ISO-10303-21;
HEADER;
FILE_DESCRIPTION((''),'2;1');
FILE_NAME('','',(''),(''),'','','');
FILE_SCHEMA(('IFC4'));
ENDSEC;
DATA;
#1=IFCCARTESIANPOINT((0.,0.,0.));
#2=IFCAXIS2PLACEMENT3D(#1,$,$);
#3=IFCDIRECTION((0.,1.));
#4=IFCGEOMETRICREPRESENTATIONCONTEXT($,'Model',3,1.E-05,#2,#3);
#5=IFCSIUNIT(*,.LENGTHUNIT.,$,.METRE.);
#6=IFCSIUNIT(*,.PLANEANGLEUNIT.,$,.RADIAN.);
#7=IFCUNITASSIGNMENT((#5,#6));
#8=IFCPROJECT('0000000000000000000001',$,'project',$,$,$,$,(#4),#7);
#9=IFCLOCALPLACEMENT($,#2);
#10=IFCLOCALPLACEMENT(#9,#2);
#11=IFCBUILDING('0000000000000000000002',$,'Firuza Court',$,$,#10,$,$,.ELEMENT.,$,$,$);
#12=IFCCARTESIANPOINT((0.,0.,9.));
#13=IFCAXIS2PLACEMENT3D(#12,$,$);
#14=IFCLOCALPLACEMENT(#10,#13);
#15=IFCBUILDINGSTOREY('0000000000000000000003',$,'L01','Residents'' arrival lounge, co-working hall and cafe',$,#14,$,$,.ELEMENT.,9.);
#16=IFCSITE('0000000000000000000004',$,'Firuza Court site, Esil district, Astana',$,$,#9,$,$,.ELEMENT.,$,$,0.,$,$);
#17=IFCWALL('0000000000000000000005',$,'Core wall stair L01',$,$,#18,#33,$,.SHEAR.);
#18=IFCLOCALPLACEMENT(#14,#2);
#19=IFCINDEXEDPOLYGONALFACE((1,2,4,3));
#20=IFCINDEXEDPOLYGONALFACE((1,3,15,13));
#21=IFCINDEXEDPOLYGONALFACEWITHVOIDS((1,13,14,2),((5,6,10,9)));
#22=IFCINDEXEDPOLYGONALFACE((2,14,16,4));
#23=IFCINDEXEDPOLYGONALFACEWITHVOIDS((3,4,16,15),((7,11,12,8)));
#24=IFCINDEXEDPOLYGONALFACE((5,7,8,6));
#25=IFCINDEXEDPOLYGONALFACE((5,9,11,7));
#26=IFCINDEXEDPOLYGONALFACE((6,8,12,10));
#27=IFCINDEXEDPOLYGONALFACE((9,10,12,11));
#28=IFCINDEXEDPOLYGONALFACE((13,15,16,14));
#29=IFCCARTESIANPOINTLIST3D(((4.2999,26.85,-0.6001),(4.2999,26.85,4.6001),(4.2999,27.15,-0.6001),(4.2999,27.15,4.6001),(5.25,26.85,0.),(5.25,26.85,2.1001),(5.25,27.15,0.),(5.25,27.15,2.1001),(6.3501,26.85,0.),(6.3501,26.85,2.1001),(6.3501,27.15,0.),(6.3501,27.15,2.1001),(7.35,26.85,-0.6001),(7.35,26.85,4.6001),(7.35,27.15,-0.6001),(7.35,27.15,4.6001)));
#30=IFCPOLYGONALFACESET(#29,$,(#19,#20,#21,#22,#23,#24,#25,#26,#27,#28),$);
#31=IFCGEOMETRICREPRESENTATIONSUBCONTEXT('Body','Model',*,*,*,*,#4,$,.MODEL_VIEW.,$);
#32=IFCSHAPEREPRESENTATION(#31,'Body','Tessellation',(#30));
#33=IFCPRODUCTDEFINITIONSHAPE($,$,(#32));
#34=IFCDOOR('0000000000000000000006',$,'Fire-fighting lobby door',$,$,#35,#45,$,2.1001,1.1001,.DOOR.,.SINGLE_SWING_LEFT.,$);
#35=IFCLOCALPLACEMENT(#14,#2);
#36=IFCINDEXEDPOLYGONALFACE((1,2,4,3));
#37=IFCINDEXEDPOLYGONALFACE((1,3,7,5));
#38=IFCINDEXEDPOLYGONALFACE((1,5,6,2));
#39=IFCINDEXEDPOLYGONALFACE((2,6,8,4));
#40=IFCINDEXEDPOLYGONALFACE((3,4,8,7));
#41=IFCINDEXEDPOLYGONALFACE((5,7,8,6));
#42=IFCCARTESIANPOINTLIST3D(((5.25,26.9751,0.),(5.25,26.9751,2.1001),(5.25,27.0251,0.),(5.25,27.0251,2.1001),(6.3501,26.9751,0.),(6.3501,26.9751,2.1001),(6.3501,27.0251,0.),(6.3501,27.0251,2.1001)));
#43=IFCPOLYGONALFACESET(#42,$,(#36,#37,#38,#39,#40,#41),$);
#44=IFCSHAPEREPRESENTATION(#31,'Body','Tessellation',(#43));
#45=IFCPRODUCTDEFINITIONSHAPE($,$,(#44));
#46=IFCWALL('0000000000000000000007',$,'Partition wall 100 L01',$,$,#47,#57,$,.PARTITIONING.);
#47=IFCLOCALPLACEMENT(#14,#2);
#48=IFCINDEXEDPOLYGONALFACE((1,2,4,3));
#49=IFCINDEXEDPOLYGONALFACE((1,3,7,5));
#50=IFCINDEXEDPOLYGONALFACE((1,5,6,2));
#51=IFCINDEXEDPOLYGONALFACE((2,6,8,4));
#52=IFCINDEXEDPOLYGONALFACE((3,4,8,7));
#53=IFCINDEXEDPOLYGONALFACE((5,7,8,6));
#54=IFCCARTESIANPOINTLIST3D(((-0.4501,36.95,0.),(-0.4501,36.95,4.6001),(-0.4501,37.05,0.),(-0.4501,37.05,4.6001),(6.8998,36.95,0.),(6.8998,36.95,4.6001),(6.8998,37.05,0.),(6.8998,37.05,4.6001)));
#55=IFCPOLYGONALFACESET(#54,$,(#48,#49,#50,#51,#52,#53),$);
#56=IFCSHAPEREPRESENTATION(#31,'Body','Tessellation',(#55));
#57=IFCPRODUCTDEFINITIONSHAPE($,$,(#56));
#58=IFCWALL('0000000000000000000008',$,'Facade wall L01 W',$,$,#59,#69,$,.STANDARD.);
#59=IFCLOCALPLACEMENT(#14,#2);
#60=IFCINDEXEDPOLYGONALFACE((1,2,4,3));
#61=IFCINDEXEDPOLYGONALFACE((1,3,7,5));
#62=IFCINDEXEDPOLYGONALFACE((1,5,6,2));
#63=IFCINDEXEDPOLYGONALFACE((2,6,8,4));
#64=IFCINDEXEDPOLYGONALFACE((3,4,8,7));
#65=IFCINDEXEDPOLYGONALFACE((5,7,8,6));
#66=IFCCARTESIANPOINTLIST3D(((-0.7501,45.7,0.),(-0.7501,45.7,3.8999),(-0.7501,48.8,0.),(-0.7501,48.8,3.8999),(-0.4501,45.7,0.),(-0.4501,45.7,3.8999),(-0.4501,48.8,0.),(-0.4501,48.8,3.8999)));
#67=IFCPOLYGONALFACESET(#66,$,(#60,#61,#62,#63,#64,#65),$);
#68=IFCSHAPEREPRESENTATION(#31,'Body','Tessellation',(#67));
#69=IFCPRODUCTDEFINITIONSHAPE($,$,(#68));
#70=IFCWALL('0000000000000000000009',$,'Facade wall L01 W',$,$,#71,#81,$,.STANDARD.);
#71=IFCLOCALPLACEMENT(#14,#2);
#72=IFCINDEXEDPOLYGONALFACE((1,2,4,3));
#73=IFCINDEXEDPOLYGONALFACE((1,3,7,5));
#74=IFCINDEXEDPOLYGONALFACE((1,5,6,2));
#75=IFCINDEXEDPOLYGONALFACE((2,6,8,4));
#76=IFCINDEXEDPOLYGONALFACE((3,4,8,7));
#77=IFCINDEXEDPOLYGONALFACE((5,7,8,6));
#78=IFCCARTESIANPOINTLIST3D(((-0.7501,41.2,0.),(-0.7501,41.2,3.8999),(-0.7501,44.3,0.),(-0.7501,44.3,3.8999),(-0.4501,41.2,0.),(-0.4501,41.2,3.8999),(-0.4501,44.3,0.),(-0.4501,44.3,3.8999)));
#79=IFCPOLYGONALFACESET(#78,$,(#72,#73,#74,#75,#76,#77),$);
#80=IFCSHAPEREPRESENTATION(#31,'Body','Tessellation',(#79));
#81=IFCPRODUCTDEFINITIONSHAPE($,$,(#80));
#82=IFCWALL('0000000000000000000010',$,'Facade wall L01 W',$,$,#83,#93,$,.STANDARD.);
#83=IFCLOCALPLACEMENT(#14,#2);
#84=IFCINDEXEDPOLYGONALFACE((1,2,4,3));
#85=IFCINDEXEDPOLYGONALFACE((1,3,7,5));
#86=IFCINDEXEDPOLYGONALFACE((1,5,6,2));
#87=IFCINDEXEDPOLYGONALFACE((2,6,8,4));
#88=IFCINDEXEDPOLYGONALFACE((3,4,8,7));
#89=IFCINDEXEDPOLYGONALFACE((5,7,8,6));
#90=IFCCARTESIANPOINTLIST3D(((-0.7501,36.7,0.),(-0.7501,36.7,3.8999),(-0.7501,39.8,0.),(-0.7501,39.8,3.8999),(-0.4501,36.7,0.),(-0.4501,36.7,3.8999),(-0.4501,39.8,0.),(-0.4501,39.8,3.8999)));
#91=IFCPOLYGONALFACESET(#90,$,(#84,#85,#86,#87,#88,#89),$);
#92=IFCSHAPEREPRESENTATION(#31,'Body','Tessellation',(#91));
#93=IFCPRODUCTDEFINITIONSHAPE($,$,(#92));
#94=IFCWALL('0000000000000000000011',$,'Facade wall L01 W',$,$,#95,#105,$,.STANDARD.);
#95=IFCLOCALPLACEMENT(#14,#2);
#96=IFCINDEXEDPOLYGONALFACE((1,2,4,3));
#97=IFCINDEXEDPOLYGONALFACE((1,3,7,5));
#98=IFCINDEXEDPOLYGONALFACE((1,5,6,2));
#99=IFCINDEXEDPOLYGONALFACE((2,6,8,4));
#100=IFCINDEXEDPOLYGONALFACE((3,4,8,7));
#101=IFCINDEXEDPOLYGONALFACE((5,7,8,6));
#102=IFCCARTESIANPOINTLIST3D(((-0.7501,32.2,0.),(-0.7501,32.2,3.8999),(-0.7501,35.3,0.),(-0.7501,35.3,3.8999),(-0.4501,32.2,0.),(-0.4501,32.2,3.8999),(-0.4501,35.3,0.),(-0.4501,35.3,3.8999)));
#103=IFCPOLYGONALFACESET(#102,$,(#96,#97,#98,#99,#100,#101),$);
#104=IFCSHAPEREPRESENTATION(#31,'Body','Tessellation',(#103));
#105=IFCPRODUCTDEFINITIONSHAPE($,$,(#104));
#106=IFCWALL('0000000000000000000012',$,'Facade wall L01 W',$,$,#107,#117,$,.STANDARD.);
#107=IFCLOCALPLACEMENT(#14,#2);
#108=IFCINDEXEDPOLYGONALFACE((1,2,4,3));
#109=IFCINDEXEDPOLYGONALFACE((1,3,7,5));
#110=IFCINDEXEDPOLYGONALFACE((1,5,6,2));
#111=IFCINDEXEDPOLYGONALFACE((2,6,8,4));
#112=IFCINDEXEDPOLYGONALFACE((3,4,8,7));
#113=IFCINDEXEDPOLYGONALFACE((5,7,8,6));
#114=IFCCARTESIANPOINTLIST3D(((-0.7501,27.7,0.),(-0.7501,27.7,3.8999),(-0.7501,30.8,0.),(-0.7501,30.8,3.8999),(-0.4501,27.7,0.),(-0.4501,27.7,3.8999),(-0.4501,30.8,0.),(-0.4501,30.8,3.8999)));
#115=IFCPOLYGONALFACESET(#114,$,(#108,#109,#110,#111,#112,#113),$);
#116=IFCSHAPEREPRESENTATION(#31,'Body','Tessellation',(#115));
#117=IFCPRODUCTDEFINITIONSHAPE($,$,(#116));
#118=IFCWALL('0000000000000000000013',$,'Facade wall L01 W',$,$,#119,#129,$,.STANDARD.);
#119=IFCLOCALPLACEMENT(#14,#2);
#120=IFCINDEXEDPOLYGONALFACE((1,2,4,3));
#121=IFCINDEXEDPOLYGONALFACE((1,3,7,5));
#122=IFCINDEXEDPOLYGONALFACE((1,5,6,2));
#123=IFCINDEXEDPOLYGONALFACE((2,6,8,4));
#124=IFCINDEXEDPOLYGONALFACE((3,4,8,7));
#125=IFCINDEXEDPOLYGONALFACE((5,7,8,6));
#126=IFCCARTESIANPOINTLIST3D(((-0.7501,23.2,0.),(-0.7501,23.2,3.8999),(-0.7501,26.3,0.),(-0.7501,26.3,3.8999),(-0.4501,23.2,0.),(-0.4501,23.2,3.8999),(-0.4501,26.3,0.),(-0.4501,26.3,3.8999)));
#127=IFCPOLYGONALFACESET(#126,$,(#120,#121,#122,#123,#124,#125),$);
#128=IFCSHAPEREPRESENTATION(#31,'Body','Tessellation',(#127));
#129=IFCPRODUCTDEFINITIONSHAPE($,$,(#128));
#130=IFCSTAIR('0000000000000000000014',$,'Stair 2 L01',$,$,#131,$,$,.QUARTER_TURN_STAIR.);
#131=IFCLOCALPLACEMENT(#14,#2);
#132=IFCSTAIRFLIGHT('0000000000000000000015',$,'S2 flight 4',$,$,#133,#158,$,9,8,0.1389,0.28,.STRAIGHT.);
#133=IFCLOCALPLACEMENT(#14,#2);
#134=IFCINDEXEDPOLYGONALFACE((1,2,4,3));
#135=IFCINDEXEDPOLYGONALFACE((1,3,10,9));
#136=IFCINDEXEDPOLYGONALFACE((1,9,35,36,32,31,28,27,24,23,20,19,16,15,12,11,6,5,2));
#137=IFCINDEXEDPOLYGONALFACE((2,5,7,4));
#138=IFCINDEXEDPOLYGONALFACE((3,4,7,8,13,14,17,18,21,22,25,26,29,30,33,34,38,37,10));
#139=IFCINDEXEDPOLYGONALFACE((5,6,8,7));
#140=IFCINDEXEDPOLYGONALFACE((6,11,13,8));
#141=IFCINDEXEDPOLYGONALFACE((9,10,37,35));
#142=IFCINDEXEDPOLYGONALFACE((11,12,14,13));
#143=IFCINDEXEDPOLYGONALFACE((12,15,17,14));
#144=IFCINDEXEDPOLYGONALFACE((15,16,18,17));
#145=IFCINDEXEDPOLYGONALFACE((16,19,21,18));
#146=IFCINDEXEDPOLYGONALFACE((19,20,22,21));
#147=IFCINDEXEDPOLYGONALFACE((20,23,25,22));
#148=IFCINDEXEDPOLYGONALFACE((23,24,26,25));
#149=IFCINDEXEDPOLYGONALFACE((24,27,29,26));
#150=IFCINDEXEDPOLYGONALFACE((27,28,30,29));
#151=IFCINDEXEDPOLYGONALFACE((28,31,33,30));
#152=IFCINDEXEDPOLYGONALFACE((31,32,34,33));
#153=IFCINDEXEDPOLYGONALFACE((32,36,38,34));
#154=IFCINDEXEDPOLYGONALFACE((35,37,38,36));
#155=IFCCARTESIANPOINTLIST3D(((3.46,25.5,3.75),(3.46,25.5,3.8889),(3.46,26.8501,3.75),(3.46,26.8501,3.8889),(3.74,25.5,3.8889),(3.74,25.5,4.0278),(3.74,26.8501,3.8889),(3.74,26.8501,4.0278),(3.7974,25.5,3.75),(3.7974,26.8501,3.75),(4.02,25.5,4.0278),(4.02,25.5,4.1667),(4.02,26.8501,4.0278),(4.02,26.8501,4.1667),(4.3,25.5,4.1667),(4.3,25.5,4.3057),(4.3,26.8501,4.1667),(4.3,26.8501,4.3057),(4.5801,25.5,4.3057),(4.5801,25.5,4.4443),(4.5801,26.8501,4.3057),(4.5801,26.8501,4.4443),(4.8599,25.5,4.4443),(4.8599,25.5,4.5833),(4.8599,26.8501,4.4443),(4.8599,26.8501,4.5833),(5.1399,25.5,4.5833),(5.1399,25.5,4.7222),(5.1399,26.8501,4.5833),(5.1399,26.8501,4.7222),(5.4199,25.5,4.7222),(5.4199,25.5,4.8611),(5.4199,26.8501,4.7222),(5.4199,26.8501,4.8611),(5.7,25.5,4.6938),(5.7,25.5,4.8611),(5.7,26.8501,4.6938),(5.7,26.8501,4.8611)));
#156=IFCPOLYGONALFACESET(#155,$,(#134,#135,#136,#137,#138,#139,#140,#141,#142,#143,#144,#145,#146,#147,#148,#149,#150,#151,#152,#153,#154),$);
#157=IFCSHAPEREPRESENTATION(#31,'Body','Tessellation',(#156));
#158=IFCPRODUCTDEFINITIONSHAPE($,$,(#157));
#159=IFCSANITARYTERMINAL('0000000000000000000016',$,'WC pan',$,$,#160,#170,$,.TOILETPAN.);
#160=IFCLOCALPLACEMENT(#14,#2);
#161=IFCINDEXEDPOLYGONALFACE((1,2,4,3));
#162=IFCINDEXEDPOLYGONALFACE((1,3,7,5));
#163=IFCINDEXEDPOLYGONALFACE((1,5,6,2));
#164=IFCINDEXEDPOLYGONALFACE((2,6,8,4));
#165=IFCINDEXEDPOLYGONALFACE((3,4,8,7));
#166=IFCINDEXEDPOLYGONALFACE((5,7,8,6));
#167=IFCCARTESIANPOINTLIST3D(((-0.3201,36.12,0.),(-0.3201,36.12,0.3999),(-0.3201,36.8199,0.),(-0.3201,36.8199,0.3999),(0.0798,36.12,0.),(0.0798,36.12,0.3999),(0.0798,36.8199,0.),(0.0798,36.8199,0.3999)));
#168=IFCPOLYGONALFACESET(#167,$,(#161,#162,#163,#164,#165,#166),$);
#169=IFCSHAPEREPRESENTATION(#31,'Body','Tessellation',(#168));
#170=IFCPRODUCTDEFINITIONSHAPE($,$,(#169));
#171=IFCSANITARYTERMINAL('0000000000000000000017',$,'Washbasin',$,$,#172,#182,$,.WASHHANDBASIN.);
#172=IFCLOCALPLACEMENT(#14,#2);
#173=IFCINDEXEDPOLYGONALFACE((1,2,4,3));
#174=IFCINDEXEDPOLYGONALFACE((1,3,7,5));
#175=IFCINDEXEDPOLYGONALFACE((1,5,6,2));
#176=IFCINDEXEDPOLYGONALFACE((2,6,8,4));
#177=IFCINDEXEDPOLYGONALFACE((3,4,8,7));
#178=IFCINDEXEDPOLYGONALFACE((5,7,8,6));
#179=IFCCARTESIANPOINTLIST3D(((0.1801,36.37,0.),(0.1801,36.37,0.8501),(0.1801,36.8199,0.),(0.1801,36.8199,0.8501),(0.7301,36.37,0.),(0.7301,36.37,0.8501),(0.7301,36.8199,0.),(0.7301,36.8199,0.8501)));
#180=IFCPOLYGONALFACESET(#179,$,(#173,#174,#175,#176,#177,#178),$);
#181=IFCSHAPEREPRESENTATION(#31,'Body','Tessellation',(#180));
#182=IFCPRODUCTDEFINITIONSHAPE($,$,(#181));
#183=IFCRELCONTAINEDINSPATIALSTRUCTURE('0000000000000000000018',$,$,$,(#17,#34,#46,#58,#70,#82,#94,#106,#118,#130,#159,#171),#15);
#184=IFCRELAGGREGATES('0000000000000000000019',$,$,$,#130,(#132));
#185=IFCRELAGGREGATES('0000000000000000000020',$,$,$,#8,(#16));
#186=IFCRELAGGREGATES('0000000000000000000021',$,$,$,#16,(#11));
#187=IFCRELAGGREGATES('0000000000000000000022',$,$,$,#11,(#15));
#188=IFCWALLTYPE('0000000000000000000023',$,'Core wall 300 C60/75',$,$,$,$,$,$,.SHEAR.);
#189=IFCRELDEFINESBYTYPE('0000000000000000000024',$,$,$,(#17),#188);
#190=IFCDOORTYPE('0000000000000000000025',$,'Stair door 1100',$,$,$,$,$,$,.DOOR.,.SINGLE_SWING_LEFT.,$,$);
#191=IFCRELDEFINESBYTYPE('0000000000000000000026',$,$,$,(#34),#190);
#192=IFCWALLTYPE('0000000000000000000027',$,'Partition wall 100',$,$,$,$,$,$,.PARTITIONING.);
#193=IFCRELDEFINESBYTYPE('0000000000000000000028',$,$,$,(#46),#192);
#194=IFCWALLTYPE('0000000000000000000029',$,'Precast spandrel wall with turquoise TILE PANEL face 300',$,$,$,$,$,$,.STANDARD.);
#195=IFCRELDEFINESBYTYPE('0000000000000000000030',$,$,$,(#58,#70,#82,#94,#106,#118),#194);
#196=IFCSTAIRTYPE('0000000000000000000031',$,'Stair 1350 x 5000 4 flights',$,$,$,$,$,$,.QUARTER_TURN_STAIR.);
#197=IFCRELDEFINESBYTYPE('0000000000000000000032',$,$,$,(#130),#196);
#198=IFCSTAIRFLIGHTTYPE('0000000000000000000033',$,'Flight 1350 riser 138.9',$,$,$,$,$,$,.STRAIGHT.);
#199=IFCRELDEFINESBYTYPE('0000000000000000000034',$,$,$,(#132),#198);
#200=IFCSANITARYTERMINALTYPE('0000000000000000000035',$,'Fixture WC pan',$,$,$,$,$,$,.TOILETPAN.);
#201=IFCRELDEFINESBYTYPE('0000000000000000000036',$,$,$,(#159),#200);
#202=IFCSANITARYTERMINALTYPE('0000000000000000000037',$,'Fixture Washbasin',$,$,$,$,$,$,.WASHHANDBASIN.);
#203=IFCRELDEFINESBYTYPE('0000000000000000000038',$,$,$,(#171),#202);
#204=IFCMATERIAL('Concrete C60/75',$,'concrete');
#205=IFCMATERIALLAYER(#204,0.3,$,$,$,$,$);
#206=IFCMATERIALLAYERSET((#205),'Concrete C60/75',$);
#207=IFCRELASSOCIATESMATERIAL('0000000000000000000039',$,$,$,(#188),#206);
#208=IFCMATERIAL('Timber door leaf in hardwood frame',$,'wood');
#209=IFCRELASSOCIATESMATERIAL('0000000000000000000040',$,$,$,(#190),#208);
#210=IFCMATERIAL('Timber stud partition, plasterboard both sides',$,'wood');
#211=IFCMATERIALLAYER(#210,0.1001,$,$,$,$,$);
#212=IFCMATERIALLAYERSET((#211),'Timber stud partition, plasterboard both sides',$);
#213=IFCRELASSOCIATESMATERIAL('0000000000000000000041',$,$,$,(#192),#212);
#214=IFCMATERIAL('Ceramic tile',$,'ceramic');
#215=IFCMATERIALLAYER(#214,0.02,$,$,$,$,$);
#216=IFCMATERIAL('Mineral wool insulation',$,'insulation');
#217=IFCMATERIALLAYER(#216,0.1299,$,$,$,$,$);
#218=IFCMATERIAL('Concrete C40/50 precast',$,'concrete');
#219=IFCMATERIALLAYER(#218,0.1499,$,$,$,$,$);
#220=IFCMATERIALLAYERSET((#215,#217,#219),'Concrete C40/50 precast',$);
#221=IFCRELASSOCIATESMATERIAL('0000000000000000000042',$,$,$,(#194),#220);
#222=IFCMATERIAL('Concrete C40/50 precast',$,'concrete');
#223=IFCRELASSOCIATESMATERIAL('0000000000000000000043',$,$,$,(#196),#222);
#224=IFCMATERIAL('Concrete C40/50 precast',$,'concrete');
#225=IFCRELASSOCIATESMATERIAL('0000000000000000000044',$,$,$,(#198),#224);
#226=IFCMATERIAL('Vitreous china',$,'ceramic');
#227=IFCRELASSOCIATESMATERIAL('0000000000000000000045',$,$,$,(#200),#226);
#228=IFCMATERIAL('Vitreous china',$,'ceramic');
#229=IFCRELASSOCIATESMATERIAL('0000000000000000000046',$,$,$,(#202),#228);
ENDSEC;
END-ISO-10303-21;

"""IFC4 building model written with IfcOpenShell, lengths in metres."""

from ifc_helpers import new_model, si_unit, direction, frame, frame_2d, origin, origin_2d, place, context, subcontext, project, spatial, polyline, rectangle, outline, extrude, material, layer, layer_set, type_object, element, fill, aggregate, save


model = new_model("IFC4")

# Units and contexts
model_context = context("Model", 3, precision=1e-05, world=origin(), true_north=direction((0.0, 1.0)))
body_context = subcontext(model_context, "Body", "Model", "MODEL_VIEW")
ifc_project = project(units=[si_unit("LENGTHUNIT", "METRE"), si_unit("PLANEANGLEUNIT", "RADIAN")], contexts=[model_context])

# Site, building, storey
site_placement = place(None, origin())
site = spatial("IfcSite", under=ifc_project, at=site_placement, Name="Firuza Court site, Esil district, Astana", CompositionType="ELEMENT", RefElevation=0.0)
building_placement = place(site_placement, origin())
building = spatial("IfcBuilding", under=site, at=building_placement, Name="Firuza Court", CompositionType="ELEMENT")
storey_placement = place(building_placement, frame((0.0, 0.0, 9.0)))
storey = spatial("IfcBuildingStorey", under=building, at=storey_placement, Name="L01", Description="Residents' arrival lounge, co-working hall and cafe", CompositionType="ELEMENT", Elevation=9.0)

# Shared definitions
ifc_material_1 = material(Name="Concrete C60/75", Category="concrete")
ifc_layer_1 = layer(ifc_material_1, 0.3)
ifc_layer_set_1 = layer_set([ifc_layer_1], Name="Concrete C60/75")
wall_type_1 = type_object("IfcWallType", Name="Core wall 300 C60/75", PredefinedType="SHEAR", material=ifc_layer_set_1)

# Wall, opening, door
wall_1_placement = place(storey_placement, frame((4.3, 27.0, -0.6001), z_axis=(0.0, 0.0, 1.0), x_axis=(1.0, 0.0, 0.0)))
wall_1 = element("IfcWall", 1, at=wall_1_placement, inside=storey, type_object=wall_type_1, Name="Core wall stair L01", PredefinedType="SHEAR", context=body_context, shape_type="SweptSolid", body=[
    extrude(rectangle(XDim=3.05, YDim=0.3, at=frame_2d((1.5249, 0.0))), origin(), (0.0, 0.0, 1.0), 5.2002),
])
opening_placement = place(wall_1_placement, frame((0.95, 0.0, 0.6001)))
opening = element("IfcOpeningElement", 2, at=opening_placement, cuts=wall_1, PredefinedType="OPENING", context=body_context, shape_type="SweptSolid", body=[
    extrude(rectangle(XDim=1.1001, YDim=2.1001, at=frame_2d((0.55, 1.05))), frame((0.0, 0.1621, 0.0), z_axis=(0.0, -1.0, 0.0), x_axis=(1.0, 0.0, 0.0)), (0.0, 0.0, 1.0), 0.324),
])
ifc_material_2 = material(Name="Timber door leaf in hardwood frame", Category="wood")
door_type = type_object("IfcDoorType", Name="Stair door 1100", OperationType="SINGLE_SWING_LEFT", PredefinedType="DOOR", material=ifc_material_2)
door_placement = place(opening_placement, frame((1.1001, 0.0, 0.0), z_axis=(0.0, 0.0, 1.0), x_axis=(-1.0, 0.0, 0.0)))
door = element("IfcDoor", 3, at=door_placement, inside=storey, type_object=door_type, Name="Fire-fighting lobby door", OperationType="SINGLE_SWING_LEFT", OverallHeight=2.1001, OverallWidth=1.1001, PredefinedType="DOOR", context=body_context, shape_type="SweptSolid", body=[
    extrude(rectangle(XDim=1.1001, YDim=2.1001, at=frame_2d((0.55, 1.05))), frame((0.0, 0.0249, 0.0), z_axis=(0.0, -1.0, 0.0), x_axis=(1.0, 0.0, 0.0)), (0.0, 0.0, 1.0), 0.05),
])
fill(opening, door)

# Walls
ifc_material_3 = material(Name="Timber stud partition, plasterboard both sides", Category="wood")
ifc_layer_2 = layer(ifc_material_3, 0.1001)
ifc_layer_set_2 = layer_set([ifc_layer_2], Name="Timber stud partition, plasterboard both sides")
wall_type_2 = type_object("IfcWallType", Name="Partition wall 100", PredefinedType="PARTITIONING", material=ifc_layer_set_2)
wall_2_placement = place(storey_placement, frame((-0.45, 37.0, 0.0), z_axis=(0.0, 0.0, 1.0), x_axis=(1.0, 0.0, 0.0)))
element("IfcWall", 4, at=wall_2_placement, inside=storey, type_object=wall_type_2, Name="Partition wall 100 L01", PredefinedType="PARTITIONING", context=body_context, shape_type="SweptSolid", body=[
    extrude(rectangle(XDim=7.3499, YDim=0.1001, at=frame_2d((3.6748, 0.0))), origin(), (0.0, 0.0, 1.0), 4.6001),
])
ifc_material_4 = material(Name="Ceramic tile", Category="ceramic")
ifc_layer_3 = layer(ifc_material_4, 0.02)
ifc_material_5 = material(Name="Mineral wool insulation", Category="insulation")
ifc_layer_4 = layer(ifc_material_5, 0.1299)
ifc_material_6 = material(Name="Concrete C40/50 precast", Category="concrete")
ifc_layer_5 = layer(ifc_material_6, 0.1499)
ifc_layer_set_3 = layer_set([ifc_layer_3, ifc_layer_4, ifc_layer_5], Name="Concrete C40/50 precast")
wall_type_3 = type_object("IfcWallType", Name="Precast spandrel wall with turquoise TILE PANEL face 300", PredefinedType="STANDARD", material=ifc_layer_set_3)
for number, where, z_axis, x_axis, name in (
    (5, (-0.6001, 48.8, 0.0), (0.0, 0.0, 1.0), (0.0, -1.0, 0.0), "Facade wall L01 W"),
    (6, (-0.6001, 44.3, 0.0), (0.0, 0.0, 1.0), (0.0, -1.0, 0.0), "Facade wall L01 W"),
    (7, (-0.6001, 39.8, 0.0), (0.0, 0.0, 1.0), (0.0, -1.0, 0.0), "Facade wall L01 W"),
    (8, (-0.6001, 35.3, 0.0), (0.0, 0.0, 1.0), (0.0, -1.0, 0.0), "Facade wall L01 W"),
    (9, (-0.6001, 30.8, 0.0), (0.0, 0.0, 1.0), (0.0, -1.0, 0.0), "Facade wall L01 W"),
    (10, (-0.6001, 26.3, 0.0), (0.0, 0.0, 1.0), (0.0, -1.0, 0.0), "Facade wall L01 W"),
):
    element("IfcWall", number, at=place(storey_placement, frame(where, z_axis=z_axis, x_axis=x_axis)), inside=storey, type_object=wall_type_3, Name=name, PredefinedType="STANDARD", context=body_context, shape_type="SweptSolid", body=[
        extrude(rectangle(XDim=3.1001, YDim=0.3, at=frame_2d((1.55, 0.0))), origin(), (0.0, 0.0, 1.0), 3.8999),
    ])

# Stair, stair flight
ifc_material_7 = material(Name="Concrete C40/50 precast", Category="concrete")
stair_type = type_object("IfcStairType", Name="Stair 1350 x 5000 4 flights", PredefinedType="QUARTER_TURN_STAIR", material=ifc_material_7)
stair_placement = place(storey_placement, origin())
stair = element("IfcStair", 11, at=stair_placement, inside=storey, type_object=stair_type, Name="Stair 2 L01", PredefinedType="QUARTER_TURN_STAIR")
ifc_material_8 = material(Name="Concrete C40/50 precast", Category="concrete")
stair_flight_type = type_object("IfcStairFlightType", Name="Flight 1350 riser 138.9", PredefinedType="STRAIGHT", material=ifc_material_8)
stair_flight_placement = place(storey_placement, frame((3.46, 26.175, 3.75), z_axis=(0.0, 0.0, 1.0), x_axis=(1.0, 0.0, 0.0)))
stair_flight = element("IfcStairFlight", 12, at=stair_flight_placement, type_object=stair_flight_type, Name="S2 flight 4", NumberOfRisers=9, NumberOfTreads=8, PredefinedType="STRAIGHT", RiserHeight=0.1389, TreadLength=0.28, context=body_context, shape_type="SweptSolid", body=[
    extrude(outline(polyline([(0.0, 0.0), (0.0, 0.1389), (0.28, 0.1389), (0.28, 0.2778), (0.5601, 0.2778), (0.5601, 0.4167), (0.8401, 0.4167), (0.8401, 0.5557), (1.1201, 0.5557), (1.1201, 0.6943), (1.3999, 0.6943), (1.3999, 0.8333), (1.6799, 0.8333), (1.6799, 0.9722), (1.96, 0.9722), (1.96, 1.1111), (2.24, 1.1111), (2.24, 1.25), (2.24, 0.9438), (0.3374, 0.0), (0.0, 0.0)])), frame((0.0, 0.675, 0.0), z_axis=(0.0, -1.0, 0.0), x_axis=(1.0, 0.0, 0.0)), (0.0, 0.0, 1.0), 1.3501),
])
aggregate(stair, [stair_flight])

# Sanitary terminals
ifc_material_9 = material(Name="Vitreous china", Category="ceramic")
sanitary_terminal_type_1 = type_object("IfcSanitaryTerminalType", Name="Fixture WC pan", PredefinedType="TOILETPAN", material=ifc_material_9)
sanitary_terminal_1_placement = place(storey_placement, frame((-0.1201, 36.47, 0.0), z_axis=(0.0, 0.0, 1.0), x_axis=(1.0, 0.0, 0.0)))
element("IfcSanitaryTerminal", 13, at=sanitary_terminal_1_placement, inside=storey, type_object=sanitary_terminal_type_1, Name="WC pan", PredefinedType="TOILETPAN", context=body_context, shape_type="SweptSolid", body=[
    extrude(rectangle(XDim=0.3999, YDim=0.7, at=origin_2d()), origin(), (0.0, 0.0, 1.0), 0.3999),
])
ifc_material_10 = material(Name="Vitreous china", Category="ceramic")
sanitary_terminal_type_2 = type_object("IfcSanitaryTerminalType", Name="Fixture Washbasin", PredefinedType="WASHHANDBASIN", material=ifc_material_10)
sanitary_terminal_2_placement = place(storey_placement, frame((0.4551, 36.595, 0.0), z_axis=(0.0, 0.0, 1.0), x_axis=(1.0, 0.0, 0.0)))
element("IfcSanitaryTerminal", 14, at=sanitary_terminal_2_placement, inside=storey, type_object=sanitary_terminal_type_2, Name="Washbasin", PredefinedType="WASHHANDBASIN", context=body_context, shape_type="SweptSolid", body=[
    extrude(rectangle(XDim=0.55, YDim=0.45, at=origin_2d()), origin(), (0.0, 0.0, 1.0), 0.8501),
])

save(model, "model.ifc")
